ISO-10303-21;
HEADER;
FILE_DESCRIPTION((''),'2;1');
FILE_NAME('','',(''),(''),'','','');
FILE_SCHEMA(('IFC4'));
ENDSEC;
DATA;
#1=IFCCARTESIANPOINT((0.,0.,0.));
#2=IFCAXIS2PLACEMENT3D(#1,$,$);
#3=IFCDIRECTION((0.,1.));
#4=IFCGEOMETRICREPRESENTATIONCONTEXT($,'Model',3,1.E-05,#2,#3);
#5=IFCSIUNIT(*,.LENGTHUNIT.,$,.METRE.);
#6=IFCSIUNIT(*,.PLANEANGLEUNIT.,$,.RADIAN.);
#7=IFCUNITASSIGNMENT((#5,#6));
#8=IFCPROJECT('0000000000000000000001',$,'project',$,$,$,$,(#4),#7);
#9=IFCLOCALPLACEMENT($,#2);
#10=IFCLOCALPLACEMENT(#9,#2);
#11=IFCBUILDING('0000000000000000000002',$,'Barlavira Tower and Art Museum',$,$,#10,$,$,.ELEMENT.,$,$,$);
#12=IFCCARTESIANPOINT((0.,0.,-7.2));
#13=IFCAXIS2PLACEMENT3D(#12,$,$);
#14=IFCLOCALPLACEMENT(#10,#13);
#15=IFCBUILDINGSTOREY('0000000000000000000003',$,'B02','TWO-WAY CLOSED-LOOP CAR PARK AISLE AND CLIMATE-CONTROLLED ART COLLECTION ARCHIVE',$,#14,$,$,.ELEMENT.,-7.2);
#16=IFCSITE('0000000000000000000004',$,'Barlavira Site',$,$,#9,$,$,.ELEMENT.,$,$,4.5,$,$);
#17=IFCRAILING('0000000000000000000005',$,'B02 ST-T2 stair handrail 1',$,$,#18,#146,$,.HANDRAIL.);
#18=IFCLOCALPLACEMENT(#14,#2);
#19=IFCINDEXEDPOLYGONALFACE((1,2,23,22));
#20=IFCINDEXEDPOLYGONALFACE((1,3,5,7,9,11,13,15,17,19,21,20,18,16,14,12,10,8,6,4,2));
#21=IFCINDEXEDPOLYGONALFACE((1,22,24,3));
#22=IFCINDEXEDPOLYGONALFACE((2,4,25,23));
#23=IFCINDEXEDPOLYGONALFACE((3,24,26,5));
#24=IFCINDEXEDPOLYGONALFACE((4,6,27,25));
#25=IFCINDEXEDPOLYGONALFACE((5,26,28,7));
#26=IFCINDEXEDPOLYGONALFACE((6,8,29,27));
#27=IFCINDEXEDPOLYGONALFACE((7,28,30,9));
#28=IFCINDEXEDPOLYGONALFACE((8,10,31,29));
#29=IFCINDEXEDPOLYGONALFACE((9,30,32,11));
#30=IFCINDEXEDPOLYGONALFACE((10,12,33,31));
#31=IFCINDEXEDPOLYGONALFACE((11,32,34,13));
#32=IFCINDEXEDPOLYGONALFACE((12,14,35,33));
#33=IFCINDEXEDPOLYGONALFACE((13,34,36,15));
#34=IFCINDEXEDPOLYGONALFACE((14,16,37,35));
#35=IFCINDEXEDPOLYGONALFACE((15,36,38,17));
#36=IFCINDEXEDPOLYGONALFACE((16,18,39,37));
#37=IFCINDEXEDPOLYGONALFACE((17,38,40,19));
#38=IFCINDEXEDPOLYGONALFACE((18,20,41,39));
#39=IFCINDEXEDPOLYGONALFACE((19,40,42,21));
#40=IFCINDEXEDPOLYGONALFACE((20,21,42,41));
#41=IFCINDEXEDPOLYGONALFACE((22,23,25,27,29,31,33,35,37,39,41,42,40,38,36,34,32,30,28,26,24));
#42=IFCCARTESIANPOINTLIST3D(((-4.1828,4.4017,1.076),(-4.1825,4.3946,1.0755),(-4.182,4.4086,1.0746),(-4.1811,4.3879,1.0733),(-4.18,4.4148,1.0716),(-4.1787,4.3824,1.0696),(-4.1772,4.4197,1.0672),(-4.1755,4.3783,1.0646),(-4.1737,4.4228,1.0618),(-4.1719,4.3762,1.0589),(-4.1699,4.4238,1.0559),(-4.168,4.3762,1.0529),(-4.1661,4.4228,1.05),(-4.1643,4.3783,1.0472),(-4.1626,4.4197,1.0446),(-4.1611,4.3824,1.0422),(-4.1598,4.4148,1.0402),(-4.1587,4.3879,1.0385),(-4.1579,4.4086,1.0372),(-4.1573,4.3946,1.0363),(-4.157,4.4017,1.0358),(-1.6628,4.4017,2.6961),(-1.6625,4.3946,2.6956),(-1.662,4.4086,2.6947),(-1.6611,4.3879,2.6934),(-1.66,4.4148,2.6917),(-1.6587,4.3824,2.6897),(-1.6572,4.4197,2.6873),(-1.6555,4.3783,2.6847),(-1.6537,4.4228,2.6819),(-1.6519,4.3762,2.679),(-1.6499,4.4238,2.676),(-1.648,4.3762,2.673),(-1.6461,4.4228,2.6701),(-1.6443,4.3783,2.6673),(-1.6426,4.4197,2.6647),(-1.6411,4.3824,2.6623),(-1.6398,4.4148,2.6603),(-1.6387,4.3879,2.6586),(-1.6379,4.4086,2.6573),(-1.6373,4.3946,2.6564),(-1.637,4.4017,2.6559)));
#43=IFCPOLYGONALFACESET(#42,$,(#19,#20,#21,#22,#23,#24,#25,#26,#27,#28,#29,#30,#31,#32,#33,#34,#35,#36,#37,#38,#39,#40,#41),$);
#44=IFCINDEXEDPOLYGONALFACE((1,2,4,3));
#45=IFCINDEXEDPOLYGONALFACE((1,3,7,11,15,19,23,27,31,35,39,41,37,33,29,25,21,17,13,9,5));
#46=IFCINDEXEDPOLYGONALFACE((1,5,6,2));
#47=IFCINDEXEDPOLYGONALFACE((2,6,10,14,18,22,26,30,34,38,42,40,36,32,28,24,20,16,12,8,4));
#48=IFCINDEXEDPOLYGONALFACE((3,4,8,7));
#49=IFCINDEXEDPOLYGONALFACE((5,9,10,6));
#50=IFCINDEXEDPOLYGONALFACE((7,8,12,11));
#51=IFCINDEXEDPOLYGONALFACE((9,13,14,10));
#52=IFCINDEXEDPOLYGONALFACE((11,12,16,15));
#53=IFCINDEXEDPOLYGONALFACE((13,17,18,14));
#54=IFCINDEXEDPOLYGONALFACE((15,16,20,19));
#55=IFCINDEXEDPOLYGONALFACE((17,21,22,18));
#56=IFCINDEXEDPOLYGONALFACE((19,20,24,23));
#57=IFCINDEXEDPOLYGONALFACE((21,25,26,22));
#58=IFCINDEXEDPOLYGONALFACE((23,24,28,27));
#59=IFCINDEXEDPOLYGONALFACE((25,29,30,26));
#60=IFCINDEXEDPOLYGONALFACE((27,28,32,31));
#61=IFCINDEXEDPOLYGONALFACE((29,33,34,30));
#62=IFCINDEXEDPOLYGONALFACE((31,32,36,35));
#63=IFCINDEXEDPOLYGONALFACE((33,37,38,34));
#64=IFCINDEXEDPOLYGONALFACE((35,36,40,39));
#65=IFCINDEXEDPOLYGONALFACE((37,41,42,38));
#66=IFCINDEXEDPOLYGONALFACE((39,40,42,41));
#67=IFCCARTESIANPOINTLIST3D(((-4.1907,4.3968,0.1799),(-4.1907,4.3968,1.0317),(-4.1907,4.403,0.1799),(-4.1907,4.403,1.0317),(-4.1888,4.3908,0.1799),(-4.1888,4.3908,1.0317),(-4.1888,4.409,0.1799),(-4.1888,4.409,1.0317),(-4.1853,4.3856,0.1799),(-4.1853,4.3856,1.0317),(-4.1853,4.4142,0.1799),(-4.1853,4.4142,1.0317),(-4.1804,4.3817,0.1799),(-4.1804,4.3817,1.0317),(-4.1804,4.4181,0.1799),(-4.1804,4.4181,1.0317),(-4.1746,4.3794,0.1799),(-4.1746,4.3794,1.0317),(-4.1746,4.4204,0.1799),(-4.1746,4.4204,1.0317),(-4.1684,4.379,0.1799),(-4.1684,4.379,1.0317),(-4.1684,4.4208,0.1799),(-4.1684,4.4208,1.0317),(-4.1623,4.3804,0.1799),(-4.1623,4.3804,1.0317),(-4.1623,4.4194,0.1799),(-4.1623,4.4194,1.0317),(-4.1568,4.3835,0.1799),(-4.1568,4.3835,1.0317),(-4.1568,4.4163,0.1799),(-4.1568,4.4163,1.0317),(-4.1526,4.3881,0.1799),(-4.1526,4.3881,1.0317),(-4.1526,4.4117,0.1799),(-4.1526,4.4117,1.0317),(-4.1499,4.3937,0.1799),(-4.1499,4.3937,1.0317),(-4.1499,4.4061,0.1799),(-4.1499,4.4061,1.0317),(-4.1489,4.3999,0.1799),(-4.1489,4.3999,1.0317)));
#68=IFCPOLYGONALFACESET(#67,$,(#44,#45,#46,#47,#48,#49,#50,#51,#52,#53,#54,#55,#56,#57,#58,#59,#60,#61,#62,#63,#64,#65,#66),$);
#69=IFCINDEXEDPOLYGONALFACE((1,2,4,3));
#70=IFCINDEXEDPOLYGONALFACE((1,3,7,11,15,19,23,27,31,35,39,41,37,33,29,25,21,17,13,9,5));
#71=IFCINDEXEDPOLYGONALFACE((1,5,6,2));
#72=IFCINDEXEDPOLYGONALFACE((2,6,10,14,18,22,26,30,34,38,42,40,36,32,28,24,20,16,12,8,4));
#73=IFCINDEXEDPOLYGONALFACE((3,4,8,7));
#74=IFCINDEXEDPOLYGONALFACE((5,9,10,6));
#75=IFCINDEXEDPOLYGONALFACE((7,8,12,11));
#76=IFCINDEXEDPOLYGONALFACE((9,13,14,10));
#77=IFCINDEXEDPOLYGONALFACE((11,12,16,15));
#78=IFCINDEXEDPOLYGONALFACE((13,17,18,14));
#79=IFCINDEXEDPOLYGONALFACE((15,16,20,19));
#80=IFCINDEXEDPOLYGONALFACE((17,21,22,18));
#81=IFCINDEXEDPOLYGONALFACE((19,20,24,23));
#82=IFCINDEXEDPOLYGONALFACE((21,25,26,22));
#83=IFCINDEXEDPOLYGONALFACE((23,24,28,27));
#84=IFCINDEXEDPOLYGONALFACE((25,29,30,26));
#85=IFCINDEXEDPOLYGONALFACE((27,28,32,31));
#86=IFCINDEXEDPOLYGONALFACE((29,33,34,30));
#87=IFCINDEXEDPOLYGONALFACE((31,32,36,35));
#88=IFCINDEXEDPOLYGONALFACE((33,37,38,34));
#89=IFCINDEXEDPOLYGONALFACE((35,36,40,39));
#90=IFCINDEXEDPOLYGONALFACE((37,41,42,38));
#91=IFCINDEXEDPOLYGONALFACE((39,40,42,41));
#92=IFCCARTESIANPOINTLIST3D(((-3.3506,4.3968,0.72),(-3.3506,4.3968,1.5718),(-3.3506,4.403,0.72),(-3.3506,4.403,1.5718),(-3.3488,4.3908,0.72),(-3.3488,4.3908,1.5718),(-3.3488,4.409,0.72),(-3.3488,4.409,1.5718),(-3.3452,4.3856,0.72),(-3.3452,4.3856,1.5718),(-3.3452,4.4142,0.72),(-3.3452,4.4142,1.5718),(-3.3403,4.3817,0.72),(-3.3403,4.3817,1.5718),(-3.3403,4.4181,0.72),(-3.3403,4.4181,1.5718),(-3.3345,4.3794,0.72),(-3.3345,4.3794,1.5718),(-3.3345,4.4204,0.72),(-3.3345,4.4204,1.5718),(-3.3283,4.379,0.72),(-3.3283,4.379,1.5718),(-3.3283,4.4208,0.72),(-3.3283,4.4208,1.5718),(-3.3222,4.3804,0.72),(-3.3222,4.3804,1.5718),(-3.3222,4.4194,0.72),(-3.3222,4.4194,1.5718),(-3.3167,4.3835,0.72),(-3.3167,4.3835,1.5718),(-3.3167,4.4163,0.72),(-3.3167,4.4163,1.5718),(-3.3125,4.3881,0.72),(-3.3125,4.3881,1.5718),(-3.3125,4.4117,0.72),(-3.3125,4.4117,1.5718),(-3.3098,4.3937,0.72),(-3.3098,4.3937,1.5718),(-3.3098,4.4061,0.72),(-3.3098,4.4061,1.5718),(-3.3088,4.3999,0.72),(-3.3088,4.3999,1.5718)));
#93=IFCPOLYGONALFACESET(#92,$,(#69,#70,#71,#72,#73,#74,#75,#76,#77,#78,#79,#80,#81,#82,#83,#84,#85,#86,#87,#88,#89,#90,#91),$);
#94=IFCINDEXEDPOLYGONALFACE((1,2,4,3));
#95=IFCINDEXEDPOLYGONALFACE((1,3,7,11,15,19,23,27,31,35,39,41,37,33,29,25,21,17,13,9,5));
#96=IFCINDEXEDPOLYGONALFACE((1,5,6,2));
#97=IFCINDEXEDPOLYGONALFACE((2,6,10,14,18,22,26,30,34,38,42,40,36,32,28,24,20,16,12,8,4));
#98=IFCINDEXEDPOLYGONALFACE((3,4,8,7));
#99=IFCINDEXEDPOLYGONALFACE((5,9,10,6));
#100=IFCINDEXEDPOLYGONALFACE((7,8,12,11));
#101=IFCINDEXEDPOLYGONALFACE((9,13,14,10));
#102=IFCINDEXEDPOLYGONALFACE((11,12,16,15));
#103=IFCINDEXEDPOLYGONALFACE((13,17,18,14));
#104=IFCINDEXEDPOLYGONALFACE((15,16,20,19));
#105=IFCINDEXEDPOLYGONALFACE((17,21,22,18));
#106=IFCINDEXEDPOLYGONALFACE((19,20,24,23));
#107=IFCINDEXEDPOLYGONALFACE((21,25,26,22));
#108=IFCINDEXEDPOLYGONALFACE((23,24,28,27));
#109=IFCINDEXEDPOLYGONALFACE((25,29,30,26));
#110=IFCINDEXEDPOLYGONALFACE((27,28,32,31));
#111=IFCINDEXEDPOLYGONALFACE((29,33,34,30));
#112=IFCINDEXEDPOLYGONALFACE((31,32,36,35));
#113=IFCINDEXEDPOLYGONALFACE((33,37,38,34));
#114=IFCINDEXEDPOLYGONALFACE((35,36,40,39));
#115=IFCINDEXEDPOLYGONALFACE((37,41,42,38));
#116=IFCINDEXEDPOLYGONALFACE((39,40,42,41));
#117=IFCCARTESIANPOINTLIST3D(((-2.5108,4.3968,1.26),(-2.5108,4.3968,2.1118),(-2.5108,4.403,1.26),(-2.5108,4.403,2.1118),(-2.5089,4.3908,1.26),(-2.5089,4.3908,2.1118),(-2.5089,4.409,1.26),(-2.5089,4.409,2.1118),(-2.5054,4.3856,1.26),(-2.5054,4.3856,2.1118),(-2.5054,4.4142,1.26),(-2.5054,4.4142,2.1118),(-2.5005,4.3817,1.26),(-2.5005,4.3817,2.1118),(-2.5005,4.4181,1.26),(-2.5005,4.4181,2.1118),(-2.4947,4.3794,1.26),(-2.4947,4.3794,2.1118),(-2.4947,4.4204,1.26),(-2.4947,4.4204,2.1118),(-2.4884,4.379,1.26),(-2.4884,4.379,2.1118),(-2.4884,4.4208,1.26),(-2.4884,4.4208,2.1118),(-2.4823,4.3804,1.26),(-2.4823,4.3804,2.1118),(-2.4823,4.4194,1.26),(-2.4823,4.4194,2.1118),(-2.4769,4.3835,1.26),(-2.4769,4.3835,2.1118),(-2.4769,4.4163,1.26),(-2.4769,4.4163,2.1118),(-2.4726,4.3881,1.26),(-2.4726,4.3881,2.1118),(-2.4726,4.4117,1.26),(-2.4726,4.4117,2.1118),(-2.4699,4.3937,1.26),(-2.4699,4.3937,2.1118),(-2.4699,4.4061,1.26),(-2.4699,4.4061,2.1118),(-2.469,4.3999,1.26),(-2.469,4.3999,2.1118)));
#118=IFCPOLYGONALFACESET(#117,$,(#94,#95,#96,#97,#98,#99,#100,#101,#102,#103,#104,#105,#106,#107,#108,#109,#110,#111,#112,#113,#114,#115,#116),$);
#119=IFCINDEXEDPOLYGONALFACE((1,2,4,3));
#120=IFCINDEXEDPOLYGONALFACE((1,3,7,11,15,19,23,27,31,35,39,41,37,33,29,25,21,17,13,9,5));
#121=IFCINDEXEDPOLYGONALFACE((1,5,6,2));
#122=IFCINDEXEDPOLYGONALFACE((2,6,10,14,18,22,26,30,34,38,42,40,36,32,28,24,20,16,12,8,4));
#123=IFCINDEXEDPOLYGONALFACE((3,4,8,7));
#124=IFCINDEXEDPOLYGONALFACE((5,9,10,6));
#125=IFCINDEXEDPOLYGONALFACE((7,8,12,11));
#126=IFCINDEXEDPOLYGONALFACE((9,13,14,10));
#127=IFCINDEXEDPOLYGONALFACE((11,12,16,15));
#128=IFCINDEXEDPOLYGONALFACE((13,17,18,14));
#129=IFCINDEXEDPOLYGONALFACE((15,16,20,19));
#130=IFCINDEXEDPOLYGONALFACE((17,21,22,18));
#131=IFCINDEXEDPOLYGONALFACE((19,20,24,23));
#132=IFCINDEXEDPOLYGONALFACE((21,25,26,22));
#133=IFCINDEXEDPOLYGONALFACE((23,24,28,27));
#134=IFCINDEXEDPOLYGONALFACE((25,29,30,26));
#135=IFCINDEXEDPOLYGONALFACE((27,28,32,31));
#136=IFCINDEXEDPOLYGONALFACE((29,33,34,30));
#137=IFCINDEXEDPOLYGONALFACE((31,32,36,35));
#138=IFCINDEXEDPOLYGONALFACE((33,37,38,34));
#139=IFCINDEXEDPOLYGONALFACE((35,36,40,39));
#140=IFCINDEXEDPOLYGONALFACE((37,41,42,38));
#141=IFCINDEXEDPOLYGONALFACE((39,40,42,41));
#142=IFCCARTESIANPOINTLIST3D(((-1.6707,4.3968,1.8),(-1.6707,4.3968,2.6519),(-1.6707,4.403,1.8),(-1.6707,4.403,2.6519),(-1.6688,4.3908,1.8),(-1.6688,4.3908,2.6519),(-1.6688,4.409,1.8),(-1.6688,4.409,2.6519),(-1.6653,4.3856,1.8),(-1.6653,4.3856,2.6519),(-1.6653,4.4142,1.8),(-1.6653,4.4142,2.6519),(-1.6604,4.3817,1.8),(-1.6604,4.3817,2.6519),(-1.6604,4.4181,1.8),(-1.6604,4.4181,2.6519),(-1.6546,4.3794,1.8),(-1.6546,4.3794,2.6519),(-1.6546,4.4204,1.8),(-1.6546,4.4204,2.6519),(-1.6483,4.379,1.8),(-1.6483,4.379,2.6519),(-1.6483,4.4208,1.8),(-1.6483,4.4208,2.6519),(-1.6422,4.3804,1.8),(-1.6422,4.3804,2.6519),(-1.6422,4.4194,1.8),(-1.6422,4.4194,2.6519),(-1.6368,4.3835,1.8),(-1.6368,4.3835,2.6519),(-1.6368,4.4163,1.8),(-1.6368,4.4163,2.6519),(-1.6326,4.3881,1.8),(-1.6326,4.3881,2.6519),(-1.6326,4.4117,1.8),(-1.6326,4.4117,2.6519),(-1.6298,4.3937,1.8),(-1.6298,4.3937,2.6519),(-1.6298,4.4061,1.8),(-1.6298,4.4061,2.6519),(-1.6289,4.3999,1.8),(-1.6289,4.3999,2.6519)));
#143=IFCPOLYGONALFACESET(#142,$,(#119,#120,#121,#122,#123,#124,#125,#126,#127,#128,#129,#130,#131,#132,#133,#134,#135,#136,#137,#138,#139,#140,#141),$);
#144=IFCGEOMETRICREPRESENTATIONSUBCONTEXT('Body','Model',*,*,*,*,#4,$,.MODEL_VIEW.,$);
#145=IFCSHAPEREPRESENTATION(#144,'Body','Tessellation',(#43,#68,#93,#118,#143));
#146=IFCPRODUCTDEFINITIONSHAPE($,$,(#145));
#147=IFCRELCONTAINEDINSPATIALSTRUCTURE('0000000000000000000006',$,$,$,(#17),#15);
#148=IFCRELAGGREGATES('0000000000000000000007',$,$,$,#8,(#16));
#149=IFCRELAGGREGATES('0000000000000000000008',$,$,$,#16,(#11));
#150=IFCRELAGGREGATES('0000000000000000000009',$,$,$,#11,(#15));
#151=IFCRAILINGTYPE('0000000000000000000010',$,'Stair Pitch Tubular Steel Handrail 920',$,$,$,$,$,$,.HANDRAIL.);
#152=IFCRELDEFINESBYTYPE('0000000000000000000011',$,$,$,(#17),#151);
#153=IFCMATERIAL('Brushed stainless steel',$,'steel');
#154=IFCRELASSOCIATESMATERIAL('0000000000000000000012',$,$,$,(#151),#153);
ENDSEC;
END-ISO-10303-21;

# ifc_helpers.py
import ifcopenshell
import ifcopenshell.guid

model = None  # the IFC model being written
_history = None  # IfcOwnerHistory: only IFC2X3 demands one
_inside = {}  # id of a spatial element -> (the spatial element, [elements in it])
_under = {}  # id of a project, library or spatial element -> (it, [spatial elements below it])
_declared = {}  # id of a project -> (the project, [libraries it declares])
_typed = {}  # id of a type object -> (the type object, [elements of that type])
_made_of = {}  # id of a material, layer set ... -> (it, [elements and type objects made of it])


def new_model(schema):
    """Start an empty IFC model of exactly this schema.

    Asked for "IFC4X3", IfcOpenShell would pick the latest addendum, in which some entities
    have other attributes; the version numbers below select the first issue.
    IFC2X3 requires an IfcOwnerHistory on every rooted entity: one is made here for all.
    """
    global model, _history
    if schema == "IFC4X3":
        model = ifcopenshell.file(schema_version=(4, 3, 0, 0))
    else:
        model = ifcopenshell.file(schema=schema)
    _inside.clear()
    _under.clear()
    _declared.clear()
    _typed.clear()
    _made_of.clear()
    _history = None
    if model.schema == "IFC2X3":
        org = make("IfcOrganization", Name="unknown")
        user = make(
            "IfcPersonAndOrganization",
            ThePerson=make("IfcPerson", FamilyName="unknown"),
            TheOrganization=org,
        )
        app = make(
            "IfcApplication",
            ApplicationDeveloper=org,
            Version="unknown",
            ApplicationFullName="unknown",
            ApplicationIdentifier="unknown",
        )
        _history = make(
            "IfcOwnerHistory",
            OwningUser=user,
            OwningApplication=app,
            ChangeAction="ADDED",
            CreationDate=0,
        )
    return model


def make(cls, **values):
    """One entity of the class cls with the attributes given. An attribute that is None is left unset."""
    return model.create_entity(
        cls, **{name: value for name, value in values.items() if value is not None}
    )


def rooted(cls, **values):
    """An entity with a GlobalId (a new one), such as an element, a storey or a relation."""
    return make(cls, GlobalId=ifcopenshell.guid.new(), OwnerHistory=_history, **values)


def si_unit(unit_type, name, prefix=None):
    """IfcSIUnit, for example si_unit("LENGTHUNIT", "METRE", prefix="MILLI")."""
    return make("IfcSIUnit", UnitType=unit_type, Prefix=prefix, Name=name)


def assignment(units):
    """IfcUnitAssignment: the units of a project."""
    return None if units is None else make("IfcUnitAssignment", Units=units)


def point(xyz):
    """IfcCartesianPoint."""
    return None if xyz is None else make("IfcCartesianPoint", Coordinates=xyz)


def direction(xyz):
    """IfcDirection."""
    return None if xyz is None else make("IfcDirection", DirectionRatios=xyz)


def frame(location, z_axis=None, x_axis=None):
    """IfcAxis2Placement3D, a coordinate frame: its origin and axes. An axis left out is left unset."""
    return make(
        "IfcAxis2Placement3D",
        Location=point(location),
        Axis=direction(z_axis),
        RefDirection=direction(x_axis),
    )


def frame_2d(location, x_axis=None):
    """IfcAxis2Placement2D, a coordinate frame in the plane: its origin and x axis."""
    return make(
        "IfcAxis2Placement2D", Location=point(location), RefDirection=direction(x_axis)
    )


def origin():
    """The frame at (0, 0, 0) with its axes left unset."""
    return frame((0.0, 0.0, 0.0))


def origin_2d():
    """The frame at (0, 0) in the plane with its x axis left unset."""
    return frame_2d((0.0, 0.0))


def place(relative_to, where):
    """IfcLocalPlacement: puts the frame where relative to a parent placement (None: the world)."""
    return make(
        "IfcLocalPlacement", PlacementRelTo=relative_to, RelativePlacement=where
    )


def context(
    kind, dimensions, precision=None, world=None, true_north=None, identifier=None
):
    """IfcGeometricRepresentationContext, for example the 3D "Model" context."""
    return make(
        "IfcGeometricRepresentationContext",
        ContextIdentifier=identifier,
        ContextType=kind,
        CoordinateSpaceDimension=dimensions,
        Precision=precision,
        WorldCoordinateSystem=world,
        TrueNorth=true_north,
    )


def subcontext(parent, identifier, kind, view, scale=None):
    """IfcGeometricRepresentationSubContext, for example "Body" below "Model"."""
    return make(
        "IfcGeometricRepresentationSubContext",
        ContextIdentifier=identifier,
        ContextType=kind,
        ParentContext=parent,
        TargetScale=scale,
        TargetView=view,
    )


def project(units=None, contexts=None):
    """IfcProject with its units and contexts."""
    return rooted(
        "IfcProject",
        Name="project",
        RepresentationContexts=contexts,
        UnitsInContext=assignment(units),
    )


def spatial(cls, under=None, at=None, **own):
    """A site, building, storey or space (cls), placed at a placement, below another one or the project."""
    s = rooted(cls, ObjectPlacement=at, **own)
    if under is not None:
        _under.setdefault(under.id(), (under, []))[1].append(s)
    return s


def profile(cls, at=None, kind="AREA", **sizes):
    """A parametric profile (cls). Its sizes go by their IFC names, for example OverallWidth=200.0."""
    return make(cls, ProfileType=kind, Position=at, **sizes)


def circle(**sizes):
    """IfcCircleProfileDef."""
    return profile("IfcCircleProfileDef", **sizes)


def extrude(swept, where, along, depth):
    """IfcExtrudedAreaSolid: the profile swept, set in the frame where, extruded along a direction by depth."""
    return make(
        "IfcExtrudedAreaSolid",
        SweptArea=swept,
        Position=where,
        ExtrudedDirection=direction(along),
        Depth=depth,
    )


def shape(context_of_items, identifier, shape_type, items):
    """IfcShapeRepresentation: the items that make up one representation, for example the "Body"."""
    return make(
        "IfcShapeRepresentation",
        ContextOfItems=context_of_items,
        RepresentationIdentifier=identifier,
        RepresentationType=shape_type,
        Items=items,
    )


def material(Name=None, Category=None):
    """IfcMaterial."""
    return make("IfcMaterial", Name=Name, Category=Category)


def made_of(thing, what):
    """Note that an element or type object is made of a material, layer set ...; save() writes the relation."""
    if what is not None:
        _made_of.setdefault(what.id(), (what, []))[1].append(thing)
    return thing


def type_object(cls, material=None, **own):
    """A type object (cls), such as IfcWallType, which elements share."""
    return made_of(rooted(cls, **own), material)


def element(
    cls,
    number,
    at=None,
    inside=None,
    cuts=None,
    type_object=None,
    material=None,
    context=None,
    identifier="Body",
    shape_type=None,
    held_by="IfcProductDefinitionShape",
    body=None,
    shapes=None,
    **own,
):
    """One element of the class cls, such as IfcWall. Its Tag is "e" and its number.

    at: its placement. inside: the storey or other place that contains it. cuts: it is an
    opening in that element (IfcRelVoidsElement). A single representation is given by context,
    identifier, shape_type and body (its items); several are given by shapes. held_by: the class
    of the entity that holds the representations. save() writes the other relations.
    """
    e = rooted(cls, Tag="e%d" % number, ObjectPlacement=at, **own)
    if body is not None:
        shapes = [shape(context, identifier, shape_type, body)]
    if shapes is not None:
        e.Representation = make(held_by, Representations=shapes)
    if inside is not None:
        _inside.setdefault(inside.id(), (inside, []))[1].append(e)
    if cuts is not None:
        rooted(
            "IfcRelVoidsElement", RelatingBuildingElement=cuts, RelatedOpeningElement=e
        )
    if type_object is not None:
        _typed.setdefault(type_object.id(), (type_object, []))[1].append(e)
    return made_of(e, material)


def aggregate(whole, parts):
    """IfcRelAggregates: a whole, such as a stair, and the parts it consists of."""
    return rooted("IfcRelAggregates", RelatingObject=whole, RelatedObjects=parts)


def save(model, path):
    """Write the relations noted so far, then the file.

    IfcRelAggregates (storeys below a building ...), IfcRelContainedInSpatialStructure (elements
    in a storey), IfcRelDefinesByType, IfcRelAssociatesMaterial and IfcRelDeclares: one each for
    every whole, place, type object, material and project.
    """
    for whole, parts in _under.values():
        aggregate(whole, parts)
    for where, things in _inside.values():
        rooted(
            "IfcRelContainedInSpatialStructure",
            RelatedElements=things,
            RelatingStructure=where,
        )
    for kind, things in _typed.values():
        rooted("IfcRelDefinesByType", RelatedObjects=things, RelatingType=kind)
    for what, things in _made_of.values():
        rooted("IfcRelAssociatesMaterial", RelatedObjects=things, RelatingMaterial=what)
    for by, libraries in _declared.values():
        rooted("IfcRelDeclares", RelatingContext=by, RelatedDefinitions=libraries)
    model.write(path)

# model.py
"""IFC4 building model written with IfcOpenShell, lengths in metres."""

from ifc_helpers import new_model, si_unit, direction, frame, origin, origin_2d, place, context, subcontext, project, spatial, circle, extrude, material, type_object, element, save


model = new_model("IFC4")

# Units and contexts
model_context = context("Model", 3, precision=1e-05, world=origin(), true_north=direction((0.0, 1.0)))
body_context = subcontext(model_context, "Body", "Model", "MODEL_VIEW")
ifc_project = project(units=[si_unit("LENGTHUNIT", "METRE"), si_unit("PLANEANGLEUNIT", "RADIAN")], contexts=[model_context])

# Site, building, storey
site_placement = place(None, origin())
site = spatial("IfcSite", under=ifc_project, at=site_placement, Name="Barlavira Site", CompositionType="ELEMENT", RefElevation=4.5)
building_placement = place(site_placement, origin())
building = spatial("IfcBuilding", under=site, at=building_placement, Name="Barlavira Tower and Art Museum", CompositionType="ELEMENT")
storey_placement = place(building_placement, frame((0.0, 0.0, -7.2)))
storey = spatial("IfcBuildingStorey", under=building, at=storey_placement, Name="B02", Description="TWO-WAY CLOSED-LOOP CAR PARK AISLE AND CLIMATE-CONTROLLED ART COLLECTION ARCHIVE", CompositionType="ELEMENT", Elevation=-7.2)

# Shared definitions
ifc_material_1 = material(Name="Brushed stainless steel", Category="steel")

# Railing
railing_type_1 = type_object("IfcRailingType", Name="Stair Pitch Tubular Steel Handrail 920", PredefinedType="HANDRAIL", material=ifc_material_1)
railing_1_placement = place(storey_placement, frame((-4.1699, 4.3999, 0.1799)))
element("IfcRailing", 1, at=railing_1_placement, inside=storey, type_object=railing_type_1, Name="B02 ST-T2 stair handrail 1", PredefinedType="HANDRAIL", context=body_context, shape_type="SweptSolid", body=[
    extrude(circle(Radius=0.0239, at=origin_2d()), frame((0.0, 0.0, 0.876), z_axis=(0.841163, 0.0, 0.540782), x_axis=(0.0, 1.0, 0.0)), (0.0, 0.0, 1.0), 2.9958),
    extrude(circle(Radius=0.021, at=origin_2d()), origin(), (0.0, 0.0, 1.0), 0.8518),
    extrude(circle(Radius=0.021, at=origin_2d()), frame((0.8401, 0.0, 0.54)), (0.0, 0.0, 1.0), 0.8518),
    extrude(circle(Radius=0.021, at=origin_2d()), frame((1.6799, 0.0, 1.0801)), (0.0, 0.0, 1.0), 0.8518),
    extrude(circle(Radius=0.021, at=origin_2d()), frame((2.52, 0.0, 1.6201)), (0.0, 0.0, 1.0), 0.8518),
])

save(model, "model.ifc")
